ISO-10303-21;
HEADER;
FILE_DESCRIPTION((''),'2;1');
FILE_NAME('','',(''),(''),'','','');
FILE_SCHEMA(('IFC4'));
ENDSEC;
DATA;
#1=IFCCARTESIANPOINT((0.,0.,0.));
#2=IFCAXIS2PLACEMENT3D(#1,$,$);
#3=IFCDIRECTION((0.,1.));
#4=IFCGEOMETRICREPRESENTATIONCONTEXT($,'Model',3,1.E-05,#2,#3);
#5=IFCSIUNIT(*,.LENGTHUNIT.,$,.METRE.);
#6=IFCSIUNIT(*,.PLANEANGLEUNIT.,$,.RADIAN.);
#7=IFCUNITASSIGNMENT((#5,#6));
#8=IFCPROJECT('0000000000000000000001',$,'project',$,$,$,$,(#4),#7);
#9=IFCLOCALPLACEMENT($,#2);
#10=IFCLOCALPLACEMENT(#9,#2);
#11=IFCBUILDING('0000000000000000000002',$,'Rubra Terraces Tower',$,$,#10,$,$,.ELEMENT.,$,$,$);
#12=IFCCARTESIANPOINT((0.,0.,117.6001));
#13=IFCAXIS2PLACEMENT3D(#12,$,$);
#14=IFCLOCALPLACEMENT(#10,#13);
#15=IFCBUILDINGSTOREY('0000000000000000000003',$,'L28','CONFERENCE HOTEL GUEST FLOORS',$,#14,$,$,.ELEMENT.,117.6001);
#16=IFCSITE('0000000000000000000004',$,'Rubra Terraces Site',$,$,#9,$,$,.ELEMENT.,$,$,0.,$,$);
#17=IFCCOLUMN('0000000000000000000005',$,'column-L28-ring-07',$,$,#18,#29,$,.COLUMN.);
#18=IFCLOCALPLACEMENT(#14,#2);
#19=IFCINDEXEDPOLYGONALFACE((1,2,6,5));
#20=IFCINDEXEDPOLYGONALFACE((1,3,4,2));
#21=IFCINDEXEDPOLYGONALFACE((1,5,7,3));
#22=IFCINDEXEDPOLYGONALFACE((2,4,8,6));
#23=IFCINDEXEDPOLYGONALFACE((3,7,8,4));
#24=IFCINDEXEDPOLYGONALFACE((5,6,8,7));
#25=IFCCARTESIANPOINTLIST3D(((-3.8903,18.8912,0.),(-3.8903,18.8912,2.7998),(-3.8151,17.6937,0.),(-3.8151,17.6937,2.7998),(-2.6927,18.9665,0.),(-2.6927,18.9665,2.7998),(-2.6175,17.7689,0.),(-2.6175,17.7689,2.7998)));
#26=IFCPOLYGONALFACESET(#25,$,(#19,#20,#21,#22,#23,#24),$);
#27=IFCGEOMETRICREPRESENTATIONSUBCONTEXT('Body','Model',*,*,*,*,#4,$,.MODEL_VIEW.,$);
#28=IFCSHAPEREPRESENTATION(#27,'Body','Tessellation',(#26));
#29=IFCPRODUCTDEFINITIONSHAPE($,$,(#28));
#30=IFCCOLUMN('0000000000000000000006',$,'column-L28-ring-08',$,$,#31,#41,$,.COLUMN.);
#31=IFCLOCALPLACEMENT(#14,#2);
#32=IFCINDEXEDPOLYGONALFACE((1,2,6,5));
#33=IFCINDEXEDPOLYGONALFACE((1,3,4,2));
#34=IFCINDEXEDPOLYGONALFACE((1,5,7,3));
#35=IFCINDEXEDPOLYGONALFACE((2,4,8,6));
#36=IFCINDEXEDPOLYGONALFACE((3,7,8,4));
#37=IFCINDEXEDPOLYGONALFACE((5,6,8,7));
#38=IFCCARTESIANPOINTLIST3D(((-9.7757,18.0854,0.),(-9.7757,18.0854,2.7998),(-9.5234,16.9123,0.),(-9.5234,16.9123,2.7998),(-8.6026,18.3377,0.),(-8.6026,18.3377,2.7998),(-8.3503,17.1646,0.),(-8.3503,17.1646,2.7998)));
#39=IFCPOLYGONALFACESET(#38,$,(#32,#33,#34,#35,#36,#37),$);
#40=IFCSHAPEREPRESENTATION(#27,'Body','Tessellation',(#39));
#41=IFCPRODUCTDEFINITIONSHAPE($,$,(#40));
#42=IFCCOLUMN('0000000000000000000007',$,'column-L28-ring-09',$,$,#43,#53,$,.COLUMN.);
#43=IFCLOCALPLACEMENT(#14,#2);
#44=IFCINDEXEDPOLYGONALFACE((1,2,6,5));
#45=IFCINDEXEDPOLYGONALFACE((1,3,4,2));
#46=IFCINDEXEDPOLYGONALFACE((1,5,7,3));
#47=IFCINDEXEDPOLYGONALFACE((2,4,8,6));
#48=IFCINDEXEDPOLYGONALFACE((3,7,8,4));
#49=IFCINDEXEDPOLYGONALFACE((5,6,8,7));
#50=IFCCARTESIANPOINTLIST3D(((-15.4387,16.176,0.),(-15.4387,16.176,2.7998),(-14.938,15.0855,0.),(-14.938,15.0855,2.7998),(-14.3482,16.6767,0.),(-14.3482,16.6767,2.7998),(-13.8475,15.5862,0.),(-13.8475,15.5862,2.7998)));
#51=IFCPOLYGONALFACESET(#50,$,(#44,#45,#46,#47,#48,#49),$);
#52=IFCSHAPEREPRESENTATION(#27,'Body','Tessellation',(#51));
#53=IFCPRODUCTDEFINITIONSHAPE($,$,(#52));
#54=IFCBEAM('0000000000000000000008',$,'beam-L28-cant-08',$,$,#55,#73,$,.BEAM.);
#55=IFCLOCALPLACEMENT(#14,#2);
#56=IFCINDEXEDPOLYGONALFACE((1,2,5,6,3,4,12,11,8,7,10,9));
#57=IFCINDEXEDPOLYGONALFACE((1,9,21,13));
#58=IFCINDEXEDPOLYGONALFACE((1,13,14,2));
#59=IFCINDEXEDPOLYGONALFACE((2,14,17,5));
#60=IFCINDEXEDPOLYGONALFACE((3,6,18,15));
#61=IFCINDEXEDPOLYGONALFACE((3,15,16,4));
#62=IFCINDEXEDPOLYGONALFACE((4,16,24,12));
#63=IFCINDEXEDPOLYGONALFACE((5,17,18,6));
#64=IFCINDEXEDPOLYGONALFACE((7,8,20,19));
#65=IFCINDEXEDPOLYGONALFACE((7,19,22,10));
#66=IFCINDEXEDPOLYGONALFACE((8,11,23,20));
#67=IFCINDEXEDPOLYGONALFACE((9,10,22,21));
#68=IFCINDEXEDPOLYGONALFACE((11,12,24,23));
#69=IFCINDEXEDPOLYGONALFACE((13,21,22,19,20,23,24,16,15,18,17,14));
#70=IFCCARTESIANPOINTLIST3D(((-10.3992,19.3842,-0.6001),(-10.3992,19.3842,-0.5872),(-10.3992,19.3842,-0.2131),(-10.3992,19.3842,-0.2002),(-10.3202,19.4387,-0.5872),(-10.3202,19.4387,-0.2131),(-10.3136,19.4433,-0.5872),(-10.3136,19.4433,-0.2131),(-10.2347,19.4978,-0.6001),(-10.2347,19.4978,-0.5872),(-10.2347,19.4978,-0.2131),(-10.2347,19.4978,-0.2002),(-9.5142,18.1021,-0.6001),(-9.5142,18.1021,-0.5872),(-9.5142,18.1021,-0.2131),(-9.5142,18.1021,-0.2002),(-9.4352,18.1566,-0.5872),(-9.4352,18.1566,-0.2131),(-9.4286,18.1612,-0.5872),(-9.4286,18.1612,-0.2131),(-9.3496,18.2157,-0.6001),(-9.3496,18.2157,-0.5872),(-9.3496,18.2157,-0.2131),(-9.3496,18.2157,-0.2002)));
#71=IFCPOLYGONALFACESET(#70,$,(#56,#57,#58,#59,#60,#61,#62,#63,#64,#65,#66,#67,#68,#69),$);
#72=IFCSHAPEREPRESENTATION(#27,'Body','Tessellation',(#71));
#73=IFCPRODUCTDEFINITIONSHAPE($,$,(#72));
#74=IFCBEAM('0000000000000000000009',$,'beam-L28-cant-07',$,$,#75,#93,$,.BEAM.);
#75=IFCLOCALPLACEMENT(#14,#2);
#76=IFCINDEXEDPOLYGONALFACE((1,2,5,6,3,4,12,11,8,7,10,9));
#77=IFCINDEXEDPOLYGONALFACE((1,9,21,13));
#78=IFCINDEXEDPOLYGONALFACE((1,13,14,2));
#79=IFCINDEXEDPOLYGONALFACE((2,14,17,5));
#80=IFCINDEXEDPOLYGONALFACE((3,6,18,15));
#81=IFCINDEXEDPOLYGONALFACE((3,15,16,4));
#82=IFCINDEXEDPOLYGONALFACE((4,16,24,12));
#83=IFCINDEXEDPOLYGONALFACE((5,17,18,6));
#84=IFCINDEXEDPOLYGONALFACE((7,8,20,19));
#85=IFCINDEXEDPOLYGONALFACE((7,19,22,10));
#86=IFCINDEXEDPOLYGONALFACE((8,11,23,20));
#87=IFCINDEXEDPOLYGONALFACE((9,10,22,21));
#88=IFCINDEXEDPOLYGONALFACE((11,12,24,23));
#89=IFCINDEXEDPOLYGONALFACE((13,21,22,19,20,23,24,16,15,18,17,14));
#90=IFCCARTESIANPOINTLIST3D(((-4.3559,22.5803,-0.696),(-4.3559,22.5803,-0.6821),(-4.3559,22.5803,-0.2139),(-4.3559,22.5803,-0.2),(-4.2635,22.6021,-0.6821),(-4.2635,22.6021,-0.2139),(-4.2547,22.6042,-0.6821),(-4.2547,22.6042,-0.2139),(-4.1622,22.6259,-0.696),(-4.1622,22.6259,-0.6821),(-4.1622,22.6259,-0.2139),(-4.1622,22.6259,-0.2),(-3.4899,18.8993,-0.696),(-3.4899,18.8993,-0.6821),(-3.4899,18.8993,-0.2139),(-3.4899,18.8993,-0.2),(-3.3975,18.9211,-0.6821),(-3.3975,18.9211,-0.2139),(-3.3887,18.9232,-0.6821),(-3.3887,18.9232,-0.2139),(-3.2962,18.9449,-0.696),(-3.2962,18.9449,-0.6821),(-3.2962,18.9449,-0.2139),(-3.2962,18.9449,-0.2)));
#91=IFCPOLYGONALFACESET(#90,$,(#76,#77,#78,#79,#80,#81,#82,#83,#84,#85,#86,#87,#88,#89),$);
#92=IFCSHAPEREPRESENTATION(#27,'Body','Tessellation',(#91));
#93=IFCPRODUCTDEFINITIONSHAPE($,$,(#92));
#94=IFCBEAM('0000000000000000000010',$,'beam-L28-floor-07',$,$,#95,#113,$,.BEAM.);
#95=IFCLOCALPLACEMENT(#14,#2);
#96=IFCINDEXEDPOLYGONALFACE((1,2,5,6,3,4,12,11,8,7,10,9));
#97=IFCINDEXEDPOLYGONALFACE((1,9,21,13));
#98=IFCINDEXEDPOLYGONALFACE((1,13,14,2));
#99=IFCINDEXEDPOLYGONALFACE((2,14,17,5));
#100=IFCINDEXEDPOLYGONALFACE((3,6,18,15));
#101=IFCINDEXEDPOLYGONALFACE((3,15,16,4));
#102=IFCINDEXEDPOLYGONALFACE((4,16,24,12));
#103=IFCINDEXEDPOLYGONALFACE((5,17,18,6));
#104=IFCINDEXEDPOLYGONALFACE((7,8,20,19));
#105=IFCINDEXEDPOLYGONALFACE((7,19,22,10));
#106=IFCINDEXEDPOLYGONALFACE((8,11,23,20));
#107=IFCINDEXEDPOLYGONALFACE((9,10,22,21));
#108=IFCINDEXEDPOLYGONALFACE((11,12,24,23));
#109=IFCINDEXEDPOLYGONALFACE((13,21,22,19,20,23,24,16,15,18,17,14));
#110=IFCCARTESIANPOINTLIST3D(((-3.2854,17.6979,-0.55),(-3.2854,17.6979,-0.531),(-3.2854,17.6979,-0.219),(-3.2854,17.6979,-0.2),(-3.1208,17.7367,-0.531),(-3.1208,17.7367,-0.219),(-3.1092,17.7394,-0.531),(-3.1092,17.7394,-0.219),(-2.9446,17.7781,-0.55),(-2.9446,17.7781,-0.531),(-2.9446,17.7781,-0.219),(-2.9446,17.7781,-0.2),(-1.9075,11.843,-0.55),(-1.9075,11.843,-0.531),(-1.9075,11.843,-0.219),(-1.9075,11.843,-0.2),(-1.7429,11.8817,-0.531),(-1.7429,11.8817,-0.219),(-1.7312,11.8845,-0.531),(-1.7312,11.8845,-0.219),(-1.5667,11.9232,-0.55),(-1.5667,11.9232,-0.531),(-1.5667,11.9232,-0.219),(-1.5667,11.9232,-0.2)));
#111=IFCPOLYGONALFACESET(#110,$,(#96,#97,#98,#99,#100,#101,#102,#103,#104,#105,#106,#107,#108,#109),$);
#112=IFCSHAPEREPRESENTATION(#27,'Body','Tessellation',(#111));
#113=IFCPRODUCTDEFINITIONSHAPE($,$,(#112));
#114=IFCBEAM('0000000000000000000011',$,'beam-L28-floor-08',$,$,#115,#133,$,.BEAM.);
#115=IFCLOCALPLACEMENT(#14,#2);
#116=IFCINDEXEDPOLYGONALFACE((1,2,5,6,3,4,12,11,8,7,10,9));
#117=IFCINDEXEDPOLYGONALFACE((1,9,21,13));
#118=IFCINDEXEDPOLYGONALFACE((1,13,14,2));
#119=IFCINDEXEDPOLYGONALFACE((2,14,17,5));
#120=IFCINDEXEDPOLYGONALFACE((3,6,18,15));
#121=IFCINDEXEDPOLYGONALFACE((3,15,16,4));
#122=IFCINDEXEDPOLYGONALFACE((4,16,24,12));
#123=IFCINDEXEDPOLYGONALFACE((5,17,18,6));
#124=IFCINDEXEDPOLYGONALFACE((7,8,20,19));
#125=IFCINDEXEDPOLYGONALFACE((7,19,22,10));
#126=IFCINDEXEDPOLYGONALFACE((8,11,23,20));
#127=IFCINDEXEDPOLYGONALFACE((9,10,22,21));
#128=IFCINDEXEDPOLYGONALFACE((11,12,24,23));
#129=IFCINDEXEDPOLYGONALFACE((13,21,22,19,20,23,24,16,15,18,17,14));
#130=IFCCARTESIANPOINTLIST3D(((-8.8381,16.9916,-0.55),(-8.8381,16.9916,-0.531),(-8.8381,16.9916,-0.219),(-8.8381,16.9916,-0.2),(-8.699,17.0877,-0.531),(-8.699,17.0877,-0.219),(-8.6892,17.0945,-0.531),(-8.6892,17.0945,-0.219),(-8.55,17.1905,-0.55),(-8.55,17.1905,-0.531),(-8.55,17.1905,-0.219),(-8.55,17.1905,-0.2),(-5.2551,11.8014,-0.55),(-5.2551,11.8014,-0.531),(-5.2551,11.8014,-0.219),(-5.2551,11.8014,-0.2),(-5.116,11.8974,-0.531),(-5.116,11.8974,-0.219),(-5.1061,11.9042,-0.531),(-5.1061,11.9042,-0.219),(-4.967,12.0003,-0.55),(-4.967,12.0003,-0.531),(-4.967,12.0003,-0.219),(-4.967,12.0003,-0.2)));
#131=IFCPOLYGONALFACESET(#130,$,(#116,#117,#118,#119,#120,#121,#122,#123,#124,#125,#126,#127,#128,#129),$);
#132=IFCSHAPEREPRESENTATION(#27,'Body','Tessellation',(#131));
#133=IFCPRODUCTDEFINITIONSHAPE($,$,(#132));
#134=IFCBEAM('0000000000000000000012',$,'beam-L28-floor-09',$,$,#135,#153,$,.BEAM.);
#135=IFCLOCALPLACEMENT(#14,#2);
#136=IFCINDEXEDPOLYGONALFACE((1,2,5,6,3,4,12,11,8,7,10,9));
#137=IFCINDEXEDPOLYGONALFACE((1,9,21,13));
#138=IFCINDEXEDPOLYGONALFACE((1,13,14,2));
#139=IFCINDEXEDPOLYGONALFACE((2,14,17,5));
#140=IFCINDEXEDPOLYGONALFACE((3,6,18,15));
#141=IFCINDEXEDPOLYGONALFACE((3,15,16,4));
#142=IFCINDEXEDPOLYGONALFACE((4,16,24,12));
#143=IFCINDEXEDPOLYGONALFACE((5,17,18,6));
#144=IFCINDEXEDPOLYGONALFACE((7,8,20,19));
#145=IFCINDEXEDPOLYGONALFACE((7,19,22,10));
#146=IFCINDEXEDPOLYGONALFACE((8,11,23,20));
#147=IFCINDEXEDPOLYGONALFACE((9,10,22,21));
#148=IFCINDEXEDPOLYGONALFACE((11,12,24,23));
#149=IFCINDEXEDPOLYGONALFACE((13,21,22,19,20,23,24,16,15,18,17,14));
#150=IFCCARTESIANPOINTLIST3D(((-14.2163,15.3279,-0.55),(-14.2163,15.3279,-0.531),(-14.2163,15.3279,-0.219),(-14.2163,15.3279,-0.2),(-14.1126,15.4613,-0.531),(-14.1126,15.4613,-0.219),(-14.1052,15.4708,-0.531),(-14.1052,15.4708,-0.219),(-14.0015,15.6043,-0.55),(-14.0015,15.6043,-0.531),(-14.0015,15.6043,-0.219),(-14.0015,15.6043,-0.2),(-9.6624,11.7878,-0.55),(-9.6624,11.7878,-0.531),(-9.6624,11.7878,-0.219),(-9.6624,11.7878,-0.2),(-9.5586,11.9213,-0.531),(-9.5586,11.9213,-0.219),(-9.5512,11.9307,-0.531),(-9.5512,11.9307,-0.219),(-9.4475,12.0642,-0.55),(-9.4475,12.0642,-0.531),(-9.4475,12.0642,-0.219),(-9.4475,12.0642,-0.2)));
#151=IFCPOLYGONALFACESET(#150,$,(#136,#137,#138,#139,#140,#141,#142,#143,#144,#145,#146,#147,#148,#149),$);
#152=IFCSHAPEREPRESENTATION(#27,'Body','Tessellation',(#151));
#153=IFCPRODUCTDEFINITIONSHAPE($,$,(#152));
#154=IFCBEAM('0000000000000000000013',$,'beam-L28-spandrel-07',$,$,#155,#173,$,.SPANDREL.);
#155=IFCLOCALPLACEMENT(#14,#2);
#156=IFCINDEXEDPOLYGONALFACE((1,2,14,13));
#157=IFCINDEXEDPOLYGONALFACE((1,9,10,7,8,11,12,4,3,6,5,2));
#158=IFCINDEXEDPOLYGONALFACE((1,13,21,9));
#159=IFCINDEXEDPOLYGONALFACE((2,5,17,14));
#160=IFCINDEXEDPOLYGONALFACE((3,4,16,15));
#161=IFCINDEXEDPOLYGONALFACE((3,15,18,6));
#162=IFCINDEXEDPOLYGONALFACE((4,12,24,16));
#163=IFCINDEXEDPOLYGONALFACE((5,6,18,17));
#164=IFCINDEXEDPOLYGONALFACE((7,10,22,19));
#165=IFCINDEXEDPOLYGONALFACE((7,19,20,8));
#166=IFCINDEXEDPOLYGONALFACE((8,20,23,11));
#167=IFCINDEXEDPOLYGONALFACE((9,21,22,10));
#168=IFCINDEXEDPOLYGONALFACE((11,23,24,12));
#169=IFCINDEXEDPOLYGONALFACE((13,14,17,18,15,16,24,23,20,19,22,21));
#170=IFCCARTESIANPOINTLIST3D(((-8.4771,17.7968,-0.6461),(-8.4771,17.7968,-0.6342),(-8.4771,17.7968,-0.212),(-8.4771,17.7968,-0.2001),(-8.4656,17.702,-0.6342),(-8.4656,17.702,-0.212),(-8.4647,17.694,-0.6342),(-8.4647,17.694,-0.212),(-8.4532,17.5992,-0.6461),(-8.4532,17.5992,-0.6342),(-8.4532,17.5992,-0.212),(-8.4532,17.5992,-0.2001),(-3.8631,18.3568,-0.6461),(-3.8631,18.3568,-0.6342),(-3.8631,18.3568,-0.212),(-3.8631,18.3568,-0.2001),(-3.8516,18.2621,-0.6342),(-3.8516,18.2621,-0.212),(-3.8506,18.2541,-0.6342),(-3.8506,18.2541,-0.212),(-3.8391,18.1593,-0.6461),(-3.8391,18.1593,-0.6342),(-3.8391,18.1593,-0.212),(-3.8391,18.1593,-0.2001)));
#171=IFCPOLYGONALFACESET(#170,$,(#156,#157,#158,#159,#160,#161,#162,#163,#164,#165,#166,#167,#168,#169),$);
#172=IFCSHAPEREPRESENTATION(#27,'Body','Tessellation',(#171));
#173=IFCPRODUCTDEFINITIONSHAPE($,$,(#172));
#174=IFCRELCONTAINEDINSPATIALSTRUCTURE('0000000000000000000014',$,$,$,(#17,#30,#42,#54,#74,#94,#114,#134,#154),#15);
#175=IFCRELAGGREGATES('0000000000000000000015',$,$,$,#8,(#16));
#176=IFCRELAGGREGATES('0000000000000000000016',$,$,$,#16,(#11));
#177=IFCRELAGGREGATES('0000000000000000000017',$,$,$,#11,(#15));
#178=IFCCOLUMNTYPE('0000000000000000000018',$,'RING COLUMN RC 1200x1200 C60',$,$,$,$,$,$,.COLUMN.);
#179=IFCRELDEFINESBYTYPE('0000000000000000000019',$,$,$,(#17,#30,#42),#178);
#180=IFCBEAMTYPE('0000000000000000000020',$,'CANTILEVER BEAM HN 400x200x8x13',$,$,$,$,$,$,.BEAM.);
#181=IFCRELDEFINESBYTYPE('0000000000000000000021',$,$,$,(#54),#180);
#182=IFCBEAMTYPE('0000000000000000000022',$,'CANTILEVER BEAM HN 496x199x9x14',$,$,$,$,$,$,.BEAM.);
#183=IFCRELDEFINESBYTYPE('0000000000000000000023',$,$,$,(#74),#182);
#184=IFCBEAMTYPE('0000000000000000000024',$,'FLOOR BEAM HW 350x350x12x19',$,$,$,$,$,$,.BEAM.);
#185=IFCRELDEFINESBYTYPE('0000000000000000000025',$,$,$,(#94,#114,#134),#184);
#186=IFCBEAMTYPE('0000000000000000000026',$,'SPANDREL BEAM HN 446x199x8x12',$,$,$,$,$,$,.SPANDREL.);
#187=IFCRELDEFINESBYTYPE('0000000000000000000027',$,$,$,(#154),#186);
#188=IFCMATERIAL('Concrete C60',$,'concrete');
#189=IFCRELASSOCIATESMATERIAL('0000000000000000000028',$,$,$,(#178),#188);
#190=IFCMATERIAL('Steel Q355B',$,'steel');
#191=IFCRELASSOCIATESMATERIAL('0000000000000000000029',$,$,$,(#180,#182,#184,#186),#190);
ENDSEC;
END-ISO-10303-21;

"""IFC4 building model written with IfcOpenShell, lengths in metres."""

from ifc_helpers import new_model, si_unit, direction, frame, origin, origin_2d, place, context, subcontext, project, spatial, rectangle, i_section, extrude, material, material_profile, profile_set, type_object, element, save


model = new_model("IFC4")

# Units and contexts
model_context = context("Model", 3, precision=1e-05, world=origin(), true_north=direction((0.0, 1.0)))
body_context = subcontext(model_context, "Body", "Model", "MODEL_VIEW")
ifc_project = project(units=[si_unit("LENGTHUNIT", "METRE"), si_unit("PLANEANGLEUNIT", "RADIAN")], contexts=[model_context])

# Site, building, storey
site_placement = place(None, origin())
site = spatial("IfcSite", under=ifc_project, at=site_placement, Name="Rubra Terraces Site", CompositionType="ELEMENT", RefElevation=0.0)
building_placement = place(site_placement, origin())
building = spatial("IfcBuilding", under=site, at=building_placement, Name="Rubra Terraces Tower", CompositionType="ELEMENT")
storey_placement = place(building_placement, frame((0.0, 0.0, 117.6001)))
storey = spatial("IfcBuildingStorey", under=building, at=storey_placement, Name="L28", Description="CONFERENCE HOTEL GUEST FLOORS", CompositionType="ELEMENT", Elevation=117.6001)

# Columns
ifc_material_1 = material(Name="Concrete C60", Category="concrete")
ifc_material_profile_1 = material_profile(ifc_material_1, rectangle(XDim=1.2, YDim=1.2, at=origin_2d()), Name="RC 1200x1200")
ifc_profile_set_1 = profile_set([ifc_material_profile_1], Name="Concrete C60")
column_type = type_object("IfcColumnType", Name="RING COLUMN RC 1200x1200 C60", PredefinedType="COLUMN", material=ifc_profile_set_1)
for number, where, z_axis, x_axis, name in (
    (1, (-3.2539, 18.3301, 0.0), (0.0, 0.0, 1.0), (-0.998032, -0.062714, 0.0), "column-L28-ring-07"),
    (2, (-9.063, 17.625, 0.0), (0.0, 0.0, 1.0), (-0.977653, -0.210227, 0.0), "column-L28-ring-08"),
    (3, (-14.6431, 15.8811, 0.0), (0.0, 0.0, 1.0), (-0.908779, -0.417279, 0.0), "column-L28-ring-09"),
):
    element("IfcColumn", number, at=place(storey_placement, frame(where, z_axis=z_axis, x_axis=x_axis)), inside=storey, type_object=column_type, Name=name, PredefinedType="COLUMN", context=body_context, shape_type="SweptSolid", body=[
        extrude(rectangle(XDim=1.2, YDim=1.2, at=origin_2d()), origin(), (0.0, 0.0, 1.0), 2.7998),
    ])

# Beams
ifc_material_2 = material(Name="Steel Q355B", Category="steel")
ifc_material_profile_2 = material_profile(ifc_material_2, i_section(OverallWidth=0.2, OverallDepth=0.3999, WebThickness=0.0081, FlangeThickness=0.0129, at=origin_2d()), Name="HN 400x200x8x13")
ifc_profile_set_2 = profile_set([ifc_material_profile_2], Name="Steel Q355B")
beam_type_1 = type_object("IfcBeamType", Name="CANTILEVER BEAM HN 400x200x8x13", PredefinedType="BEAM", material=ifc_profile_set_2)
beam_1_placement = place(storey_placement, frame((-9.4319, 18.1589, -0.4001), z_axis=(-0.568117, 0.822947, 0.0), x_axis=(-0.822947, -0.568117, 0.0)))
element("IfcBeam", 4, at=beam_1_placement, inside=storey, type_object=beam_type_1, Name="beam-L28-cant-08", PredefinedType="BEAM", context=body_context, shape_type="SweptSolid", body=[
    extrude(i_section(OverallWidth=0.2, OverallDepth=0.3999, WebThickness=0.0081, FlangeThickness=0.0129, at=origin_2d()), origin(), (0.0, 0.0, 1.0), 1.5579),
])
ifc_material_profile_3 = material_profile(ifc_material_2, i_section(OverallWidth=0.199, OverallDepth=0.4961, WebThickness=0.009, FlangeThickness=0.0139, at=origin_2d()), Name="HN 496x199x9x14")
ifc_profile_set_3 = profile_set([ifc_material_profile_3], Name="Steel Q355B")
beam_type_2 = type_object("IfcBeamType", Name="CANTILEVER BEAM HN 496x199x9x14", PredefinedType="BEAM", material=ifc_profile_set_3)
beam_2_placement = place(storey_placement, frame((-3.3931, 18.9221, -0.448), z_axis=(-0.229007, 0.973425, 0.0), x_axis=(-0.973425, -0.229007, 0.0)))
element("IfcBeam", 5, at=beam_2_placement, inside=storey, type_object=beam_type_2, Name="beam-L28-cant-07", PredefinedType="BEAM", context=body_context, shape_type="SweptSolid", body=[
    extrude(i_section(OverallWidth=0.199, OverallDepth=0.4961, WebThickness=0.009, FlangeThickness=0.0139, at=origin_2d()), origin(), (0.0, 0.0, 1.0), 3.7815),
])
ifc_material_profile_4 = material_profile(ifc_material_2, i_section(OverallWidth=0.3501, OverallDepth=0.3501, WebThickness=0.012, FlangeThickness=0.019, at=origin_2d()), Name="HW 350x350x12x19")
ifc_profile_set_4 = profile_set([ifc_material_profile_4], Name="Steel Q355B")
beam_type_3 = type_object("IfcBeamType", Name="FLOOR BEAM HW 350x350x12x19", PredefinedType="BEAM", material=ifc_profile_set_4)
beam_3_placement = place(storey_placement, frame((-3.115, 17.738, -0.375), z_axis=(0.229085, -0.973407, 0.0), x_axis=(0.973407, 0.229085, 0.0)))
element("IfcBeam", 6, at=beam_3_placement, inside=storey, type_object=beam_type_3, Name="beam-L28-floor-07", PredefinedType="BEAM", context=body_context, shape_type="SweptSolid", body=[
    extrude(i_section(OverallWidth=0.3501, OverallDepth=0.3501, WebThickness=0.012, FlangeThickness=0.019, at=origin_2d()), origin(), (0.0, 0.0, 1.0), 6.0149),
])
beam_4_placement = place(storey_placement, frame((-8.6941, 17.0911, -0.375), z_axis=(0.568116, -0.822948, 0.0), x_axis=(0.822948, 0.568116, 0.0)))
element("IfcBeam", 7, at=beam_4_placement, inside=storey, type_object=beam_type_3, Name="beam-L28-floor-08", PredefinedType="BEAM", context=body_context, shape_type="SweptSolid", body=[
    extrude(i_section(OverallWidth=0.3501, OverallDepth=0.3501, WebThickness=0.012, FlangeThickness=0.019, at=origin_2d()), origin(), (0.0, 0.0, 1.0), 6.3069),
])
beam_5_placement = place(storey_placement, frame((-14.1089, 15.4661, -0.375), z_axis=(0.789514, -0.613733, 0.0), x_axis=(0.613733, 0.789514, 0.0)))
element("IfcBeam", 8, at=beam_5_placement, inside=storey, type_object=beam_type_3, Name="beam-L28-floor-09", PredefinedType="BEAM", context=body_context, shape_type="SweptSolid", body=[
    extrude(i_section(OverallWidth=0.3501, OverallDepth=0.3501, WebThickness=0.012, FlangeThickness=0.019, at=origin_2d()), origin(), (0.0, 0.0, 1.0), 5.7681),
])
ifc_material_profile_5 = material_profile(ifc_material_2, i_section(OverallWidth=0.199, OverallDepth=0.446, WebThickness=0.0081, FlangeThickness=0.012, at=origin_2d()), Name="HN 446x199x8x12")
ifc_profile_set_5 = profile_set([ifc_material_profile_5], Name="Steel Q355B")
beam_type_4 = type_object("IfcBeamType", Name="SPANDREL BEAM HN 446x199x8x12", PredefinedType="SPANDREL", material=ifc_profile_set_5)
beam_6_placement = place(storey_placement, frame((-3.8511, 18.2581, -0.4231), z_axis=(-0.992714, -0.120498, 0.0), x_axis=(0.120498, -0.992714, 0.0)))
element("IfcBeam", 9, at=beam_6_placement, inside=storey, type_object=beam_type_4, Name="beam-L28-spandrel-07", PredefinedType="SPANDREL", context=body_context, shape_type="SweptSolid", body=[
    extrude(i_section(OverallWidth=0.199, OverallDepth=0.446, WebThickness=0.0081, FlangeThickness=0.012, at=origin_2d()), origin(), (0.0, 0.0, 1.0), 4.6479),
])

save(model, "model.ifc")
